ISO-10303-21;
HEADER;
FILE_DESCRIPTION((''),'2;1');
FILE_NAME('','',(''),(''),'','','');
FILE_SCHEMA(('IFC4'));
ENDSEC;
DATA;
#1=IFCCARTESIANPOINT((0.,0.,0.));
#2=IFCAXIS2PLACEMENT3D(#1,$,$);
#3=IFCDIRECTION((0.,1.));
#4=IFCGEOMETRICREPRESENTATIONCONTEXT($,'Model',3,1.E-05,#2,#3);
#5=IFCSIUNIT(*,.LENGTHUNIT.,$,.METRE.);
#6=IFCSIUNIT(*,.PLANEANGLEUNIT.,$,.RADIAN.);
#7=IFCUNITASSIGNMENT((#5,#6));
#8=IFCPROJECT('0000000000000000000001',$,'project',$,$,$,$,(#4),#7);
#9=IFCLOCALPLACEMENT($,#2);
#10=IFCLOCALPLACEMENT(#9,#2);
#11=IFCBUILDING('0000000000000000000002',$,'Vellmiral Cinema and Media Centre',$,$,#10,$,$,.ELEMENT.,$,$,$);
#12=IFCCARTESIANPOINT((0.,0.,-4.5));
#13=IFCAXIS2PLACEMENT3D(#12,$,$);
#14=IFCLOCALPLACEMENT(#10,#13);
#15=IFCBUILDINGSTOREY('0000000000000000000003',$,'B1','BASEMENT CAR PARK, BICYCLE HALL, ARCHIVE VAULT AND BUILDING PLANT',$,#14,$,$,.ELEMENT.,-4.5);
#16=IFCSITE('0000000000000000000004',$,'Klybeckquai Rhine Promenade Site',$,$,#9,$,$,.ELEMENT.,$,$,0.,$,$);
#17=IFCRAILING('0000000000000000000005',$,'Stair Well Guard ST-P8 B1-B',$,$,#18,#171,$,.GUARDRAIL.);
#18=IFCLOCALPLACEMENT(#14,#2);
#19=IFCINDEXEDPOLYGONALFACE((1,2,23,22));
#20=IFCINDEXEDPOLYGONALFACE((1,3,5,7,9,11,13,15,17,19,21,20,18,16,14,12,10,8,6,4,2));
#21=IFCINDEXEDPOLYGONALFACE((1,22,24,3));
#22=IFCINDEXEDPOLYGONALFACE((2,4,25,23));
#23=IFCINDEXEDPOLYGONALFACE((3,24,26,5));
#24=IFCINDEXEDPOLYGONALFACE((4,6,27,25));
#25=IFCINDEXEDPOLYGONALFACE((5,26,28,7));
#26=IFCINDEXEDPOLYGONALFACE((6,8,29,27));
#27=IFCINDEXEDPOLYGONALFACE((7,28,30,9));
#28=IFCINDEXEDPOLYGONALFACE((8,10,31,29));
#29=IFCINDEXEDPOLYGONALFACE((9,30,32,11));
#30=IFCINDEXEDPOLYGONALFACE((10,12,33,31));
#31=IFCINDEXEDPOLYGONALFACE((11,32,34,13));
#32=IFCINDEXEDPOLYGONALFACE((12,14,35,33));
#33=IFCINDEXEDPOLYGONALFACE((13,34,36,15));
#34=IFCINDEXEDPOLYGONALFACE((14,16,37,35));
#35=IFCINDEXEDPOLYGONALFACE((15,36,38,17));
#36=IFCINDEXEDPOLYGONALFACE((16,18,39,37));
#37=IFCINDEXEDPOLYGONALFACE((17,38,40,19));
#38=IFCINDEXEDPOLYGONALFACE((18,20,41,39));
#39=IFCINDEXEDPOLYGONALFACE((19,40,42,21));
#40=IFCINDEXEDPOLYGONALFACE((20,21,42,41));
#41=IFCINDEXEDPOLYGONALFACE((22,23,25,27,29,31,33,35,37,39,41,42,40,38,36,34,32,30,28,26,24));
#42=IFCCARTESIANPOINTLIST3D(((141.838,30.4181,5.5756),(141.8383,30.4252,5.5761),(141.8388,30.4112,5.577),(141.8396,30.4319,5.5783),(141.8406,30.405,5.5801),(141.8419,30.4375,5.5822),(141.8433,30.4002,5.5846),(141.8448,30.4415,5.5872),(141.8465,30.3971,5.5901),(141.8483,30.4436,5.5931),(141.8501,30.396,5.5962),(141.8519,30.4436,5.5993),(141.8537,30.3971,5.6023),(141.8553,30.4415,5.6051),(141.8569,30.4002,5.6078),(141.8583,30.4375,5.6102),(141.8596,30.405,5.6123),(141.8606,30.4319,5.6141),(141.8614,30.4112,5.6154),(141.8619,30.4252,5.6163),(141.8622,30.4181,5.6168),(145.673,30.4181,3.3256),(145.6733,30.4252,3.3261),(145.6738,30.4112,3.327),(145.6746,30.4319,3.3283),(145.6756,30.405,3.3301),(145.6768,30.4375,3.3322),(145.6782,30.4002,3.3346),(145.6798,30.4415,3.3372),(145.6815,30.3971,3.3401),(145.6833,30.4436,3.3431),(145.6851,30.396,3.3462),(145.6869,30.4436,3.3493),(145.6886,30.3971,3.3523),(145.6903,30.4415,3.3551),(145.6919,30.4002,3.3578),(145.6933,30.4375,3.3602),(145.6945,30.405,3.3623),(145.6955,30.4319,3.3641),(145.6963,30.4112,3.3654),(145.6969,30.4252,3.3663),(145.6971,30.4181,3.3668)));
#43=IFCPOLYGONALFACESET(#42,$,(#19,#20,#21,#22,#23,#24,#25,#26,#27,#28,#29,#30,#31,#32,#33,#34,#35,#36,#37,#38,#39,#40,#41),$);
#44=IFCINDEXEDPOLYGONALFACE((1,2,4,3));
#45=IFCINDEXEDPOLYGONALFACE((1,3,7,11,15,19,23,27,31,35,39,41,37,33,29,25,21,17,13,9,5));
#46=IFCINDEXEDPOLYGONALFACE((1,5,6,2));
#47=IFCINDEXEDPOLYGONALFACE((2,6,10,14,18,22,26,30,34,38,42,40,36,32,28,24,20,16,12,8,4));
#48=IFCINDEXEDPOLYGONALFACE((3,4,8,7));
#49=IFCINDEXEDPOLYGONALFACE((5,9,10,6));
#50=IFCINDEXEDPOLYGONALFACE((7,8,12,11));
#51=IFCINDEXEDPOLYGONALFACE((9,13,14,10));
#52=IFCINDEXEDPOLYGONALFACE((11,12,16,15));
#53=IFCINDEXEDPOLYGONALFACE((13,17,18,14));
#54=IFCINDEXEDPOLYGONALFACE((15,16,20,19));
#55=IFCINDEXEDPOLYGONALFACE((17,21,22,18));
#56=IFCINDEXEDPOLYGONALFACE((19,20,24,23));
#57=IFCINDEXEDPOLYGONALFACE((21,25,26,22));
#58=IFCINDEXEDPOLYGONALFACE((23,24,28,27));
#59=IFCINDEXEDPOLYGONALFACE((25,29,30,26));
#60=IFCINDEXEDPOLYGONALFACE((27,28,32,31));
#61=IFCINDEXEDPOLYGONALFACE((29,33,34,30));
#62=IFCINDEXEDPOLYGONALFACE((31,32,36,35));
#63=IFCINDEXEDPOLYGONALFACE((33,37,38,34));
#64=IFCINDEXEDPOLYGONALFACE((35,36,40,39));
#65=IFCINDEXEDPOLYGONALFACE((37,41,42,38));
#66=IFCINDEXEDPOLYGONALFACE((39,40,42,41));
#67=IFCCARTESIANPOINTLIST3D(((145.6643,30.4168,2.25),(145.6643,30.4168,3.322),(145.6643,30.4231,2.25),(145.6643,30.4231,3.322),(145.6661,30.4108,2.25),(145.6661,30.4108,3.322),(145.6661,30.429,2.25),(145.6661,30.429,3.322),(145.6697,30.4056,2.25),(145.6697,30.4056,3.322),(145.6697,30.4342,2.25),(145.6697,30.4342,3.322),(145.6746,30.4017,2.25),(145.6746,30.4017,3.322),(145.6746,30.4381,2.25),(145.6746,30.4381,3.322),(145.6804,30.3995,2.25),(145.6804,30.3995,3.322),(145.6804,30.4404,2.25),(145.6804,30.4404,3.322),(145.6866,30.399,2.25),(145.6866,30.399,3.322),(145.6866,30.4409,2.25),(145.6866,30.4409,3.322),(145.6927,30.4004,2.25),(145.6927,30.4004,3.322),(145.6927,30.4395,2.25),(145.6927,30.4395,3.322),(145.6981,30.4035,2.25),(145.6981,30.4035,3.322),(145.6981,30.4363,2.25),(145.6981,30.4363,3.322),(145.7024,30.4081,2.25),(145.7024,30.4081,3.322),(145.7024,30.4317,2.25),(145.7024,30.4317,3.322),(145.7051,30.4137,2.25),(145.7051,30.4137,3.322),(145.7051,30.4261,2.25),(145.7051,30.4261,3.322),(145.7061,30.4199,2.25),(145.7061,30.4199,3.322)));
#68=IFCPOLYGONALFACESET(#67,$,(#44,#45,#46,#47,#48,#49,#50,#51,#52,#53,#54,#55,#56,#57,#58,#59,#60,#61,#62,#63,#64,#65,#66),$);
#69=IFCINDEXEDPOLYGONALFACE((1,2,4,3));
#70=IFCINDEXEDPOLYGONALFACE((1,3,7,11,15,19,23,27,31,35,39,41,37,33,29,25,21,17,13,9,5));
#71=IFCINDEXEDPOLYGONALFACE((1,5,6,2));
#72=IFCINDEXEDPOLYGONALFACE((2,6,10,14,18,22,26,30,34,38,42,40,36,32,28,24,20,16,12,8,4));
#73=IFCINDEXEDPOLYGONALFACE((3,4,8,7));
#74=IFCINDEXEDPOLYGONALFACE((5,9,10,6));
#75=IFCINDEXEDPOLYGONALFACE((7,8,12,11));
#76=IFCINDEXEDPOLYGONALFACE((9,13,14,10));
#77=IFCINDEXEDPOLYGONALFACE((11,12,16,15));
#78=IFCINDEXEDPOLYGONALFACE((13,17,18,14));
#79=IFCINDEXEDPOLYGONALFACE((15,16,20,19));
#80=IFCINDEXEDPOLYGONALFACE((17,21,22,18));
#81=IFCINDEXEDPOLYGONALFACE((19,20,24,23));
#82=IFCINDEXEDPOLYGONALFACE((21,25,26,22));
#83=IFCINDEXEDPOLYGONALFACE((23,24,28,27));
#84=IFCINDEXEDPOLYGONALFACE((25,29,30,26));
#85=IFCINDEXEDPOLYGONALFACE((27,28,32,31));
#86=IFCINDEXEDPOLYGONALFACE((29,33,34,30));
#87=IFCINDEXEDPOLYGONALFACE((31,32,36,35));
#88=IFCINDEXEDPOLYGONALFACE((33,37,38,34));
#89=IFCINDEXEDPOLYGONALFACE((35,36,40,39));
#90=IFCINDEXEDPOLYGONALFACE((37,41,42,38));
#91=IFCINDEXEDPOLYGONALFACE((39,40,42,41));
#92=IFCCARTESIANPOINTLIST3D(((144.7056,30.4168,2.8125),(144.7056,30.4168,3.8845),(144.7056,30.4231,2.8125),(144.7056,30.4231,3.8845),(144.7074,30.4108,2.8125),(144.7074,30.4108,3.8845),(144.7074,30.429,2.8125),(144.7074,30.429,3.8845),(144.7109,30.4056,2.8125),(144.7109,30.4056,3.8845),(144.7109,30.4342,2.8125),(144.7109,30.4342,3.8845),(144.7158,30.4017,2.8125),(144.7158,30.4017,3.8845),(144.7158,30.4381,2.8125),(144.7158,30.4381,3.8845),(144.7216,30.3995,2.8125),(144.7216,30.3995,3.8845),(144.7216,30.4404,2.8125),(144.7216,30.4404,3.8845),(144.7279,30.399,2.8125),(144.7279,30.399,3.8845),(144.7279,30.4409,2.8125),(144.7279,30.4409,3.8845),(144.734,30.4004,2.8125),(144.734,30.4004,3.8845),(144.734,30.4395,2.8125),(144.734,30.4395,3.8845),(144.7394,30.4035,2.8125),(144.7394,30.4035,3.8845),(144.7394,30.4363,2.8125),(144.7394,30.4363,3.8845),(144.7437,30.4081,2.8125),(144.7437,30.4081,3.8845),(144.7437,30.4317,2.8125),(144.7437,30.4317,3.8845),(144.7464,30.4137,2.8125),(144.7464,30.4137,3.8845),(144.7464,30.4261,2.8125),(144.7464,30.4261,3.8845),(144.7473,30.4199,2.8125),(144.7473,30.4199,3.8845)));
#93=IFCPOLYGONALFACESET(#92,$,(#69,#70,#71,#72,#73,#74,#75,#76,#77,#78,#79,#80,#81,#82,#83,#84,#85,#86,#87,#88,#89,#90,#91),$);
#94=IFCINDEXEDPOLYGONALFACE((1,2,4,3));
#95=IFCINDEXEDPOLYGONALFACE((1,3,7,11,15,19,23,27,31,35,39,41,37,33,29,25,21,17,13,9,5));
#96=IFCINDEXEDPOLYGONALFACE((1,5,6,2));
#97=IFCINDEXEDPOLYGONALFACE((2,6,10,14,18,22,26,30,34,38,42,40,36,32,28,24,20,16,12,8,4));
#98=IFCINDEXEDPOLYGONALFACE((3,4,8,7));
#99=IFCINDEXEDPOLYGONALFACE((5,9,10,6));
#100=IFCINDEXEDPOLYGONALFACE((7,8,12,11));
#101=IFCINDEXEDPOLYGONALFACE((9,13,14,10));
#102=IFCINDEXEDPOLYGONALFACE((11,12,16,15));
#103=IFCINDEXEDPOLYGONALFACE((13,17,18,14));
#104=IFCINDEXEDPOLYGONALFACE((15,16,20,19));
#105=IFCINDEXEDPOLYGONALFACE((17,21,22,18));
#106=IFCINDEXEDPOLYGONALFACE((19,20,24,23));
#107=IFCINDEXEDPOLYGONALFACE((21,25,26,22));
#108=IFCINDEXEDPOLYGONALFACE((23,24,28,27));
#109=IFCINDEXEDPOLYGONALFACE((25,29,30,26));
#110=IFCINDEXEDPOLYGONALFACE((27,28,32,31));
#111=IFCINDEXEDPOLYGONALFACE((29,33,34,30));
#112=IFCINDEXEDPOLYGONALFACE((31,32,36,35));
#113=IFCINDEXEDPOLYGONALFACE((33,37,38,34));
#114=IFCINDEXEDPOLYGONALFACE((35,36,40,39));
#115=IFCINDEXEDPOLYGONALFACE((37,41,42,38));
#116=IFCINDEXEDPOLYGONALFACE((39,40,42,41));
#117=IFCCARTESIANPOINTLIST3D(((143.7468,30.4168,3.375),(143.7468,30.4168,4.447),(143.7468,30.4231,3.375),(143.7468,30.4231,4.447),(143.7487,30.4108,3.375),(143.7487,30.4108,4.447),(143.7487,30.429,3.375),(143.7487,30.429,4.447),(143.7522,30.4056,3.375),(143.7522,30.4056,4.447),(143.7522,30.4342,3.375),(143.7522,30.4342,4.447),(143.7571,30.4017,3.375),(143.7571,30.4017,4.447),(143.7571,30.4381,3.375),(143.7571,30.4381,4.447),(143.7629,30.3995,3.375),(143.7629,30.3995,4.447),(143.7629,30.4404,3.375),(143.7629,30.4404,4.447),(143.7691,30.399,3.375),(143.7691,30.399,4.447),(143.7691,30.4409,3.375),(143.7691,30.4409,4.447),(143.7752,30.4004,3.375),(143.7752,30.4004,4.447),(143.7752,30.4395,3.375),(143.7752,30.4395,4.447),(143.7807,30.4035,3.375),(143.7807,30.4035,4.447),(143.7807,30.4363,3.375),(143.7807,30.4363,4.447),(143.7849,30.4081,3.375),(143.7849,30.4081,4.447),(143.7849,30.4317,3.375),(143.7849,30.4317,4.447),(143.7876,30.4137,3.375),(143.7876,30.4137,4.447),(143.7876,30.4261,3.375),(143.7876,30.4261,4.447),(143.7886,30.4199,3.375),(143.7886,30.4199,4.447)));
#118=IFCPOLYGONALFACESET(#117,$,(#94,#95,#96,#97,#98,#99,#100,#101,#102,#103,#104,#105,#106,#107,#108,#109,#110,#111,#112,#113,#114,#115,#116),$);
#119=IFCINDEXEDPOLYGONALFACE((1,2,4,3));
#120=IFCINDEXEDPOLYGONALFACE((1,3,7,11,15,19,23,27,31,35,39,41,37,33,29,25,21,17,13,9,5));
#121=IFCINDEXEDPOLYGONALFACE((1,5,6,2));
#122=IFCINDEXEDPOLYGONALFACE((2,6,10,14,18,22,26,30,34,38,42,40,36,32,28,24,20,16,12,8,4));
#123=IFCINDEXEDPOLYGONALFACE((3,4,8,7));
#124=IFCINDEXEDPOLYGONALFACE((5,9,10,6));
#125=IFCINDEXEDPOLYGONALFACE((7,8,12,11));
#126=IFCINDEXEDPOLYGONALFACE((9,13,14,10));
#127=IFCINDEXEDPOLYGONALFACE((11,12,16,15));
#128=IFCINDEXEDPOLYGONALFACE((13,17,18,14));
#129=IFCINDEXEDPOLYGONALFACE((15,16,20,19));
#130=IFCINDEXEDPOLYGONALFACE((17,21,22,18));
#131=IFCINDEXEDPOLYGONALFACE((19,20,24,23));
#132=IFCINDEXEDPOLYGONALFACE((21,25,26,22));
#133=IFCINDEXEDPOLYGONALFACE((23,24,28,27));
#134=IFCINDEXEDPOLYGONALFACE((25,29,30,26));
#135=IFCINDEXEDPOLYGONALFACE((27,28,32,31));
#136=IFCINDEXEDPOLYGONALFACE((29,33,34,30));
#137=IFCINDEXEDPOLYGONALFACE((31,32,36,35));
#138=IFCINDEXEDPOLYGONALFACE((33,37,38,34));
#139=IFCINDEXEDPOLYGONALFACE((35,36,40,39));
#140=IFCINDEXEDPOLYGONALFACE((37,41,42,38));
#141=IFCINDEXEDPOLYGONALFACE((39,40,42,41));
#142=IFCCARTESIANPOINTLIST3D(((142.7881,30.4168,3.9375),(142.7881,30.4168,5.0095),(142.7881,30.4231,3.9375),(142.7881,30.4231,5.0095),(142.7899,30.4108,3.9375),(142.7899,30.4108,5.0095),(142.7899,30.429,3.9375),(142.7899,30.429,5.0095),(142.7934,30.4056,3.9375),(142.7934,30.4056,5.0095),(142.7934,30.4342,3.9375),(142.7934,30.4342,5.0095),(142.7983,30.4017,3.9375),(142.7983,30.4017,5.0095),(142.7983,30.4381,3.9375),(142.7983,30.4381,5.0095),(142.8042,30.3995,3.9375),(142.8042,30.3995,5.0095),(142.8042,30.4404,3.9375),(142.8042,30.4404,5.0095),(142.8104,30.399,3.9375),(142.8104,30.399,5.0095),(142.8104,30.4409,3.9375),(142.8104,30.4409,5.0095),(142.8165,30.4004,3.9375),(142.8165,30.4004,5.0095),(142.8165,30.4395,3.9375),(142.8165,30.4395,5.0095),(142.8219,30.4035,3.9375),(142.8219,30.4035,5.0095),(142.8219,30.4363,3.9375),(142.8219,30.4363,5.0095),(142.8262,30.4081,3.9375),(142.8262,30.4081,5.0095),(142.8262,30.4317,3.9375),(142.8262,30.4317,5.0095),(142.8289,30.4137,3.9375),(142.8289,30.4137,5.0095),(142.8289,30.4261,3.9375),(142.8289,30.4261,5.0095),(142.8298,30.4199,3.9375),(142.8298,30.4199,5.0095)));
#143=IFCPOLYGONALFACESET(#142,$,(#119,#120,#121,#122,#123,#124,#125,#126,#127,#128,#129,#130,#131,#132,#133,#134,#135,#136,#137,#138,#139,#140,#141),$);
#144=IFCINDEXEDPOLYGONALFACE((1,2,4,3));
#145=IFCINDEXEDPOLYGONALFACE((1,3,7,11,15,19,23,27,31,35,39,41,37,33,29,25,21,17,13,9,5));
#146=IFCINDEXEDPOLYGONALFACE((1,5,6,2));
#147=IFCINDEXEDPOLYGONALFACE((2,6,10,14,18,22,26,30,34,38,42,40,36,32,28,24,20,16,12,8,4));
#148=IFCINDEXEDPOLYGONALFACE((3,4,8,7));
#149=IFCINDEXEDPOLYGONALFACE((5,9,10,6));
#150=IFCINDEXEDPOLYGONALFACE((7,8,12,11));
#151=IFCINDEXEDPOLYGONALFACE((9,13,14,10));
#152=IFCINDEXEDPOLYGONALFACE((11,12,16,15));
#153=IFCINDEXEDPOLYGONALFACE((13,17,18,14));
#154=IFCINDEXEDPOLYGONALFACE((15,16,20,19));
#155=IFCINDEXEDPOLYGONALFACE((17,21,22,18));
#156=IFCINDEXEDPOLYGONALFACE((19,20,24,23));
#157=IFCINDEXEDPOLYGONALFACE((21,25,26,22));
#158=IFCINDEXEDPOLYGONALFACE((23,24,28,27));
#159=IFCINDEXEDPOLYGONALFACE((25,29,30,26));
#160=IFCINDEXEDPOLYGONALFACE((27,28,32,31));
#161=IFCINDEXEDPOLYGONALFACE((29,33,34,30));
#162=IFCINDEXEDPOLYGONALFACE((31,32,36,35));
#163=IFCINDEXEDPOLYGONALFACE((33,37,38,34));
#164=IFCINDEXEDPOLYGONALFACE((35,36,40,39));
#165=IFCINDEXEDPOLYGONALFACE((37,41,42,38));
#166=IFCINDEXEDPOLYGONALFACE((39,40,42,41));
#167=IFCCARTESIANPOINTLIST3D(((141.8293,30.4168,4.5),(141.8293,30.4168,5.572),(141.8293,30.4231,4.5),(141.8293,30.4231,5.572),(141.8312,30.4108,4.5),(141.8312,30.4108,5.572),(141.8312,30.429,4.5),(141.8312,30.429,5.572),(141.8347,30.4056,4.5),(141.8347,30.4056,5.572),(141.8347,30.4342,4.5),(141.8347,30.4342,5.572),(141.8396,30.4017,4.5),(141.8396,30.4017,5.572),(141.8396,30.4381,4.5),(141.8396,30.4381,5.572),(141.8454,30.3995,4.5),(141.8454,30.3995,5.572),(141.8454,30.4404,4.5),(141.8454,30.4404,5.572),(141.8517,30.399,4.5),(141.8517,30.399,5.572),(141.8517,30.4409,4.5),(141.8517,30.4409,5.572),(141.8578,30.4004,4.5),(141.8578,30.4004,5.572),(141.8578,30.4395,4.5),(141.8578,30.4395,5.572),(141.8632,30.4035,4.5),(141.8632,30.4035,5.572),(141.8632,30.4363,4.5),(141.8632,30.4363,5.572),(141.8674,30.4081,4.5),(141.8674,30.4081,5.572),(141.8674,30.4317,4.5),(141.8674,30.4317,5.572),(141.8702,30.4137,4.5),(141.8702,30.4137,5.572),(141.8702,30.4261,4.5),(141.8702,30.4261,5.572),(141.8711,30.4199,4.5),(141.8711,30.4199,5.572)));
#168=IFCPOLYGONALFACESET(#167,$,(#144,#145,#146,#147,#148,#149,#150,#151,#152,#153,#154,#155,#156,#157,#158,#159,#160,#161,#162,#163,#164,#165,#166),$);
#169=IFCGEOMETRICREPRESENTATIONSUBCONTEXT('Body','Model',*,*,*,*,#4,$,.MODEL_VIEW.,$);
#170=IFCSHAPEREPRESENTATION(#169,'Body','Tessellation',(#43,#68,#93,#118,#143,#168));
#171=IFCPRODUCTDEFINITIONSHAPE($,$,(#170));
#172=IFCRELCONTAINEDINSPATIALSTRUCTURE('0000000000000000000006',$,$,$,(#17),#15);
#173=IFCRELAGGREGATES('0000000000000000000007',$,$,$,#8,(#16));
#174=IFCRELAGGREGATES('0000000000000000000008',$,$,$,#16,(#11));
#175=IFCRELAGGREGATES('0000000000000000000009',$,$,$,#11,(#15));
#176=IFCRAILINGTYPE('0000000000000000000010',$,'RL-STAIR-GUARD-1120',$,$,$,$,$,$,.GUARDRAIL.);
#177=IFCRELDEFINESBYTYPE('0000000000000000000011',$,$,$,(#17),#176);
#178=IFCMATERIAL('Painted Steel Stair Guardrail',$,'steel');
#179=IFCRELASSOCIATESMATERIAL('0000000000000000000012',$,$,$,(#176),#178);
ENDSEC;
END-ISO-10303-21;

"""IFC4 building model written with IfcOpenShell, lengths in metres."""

from ifc_helpers import new_model, si_unit, direction, frame, origin, origin_2d, place, context, subcontext, project, spatial, circle, extrude, material, type_object, element, save


model = new_model("IFC4")

# Units and contexts
model_context = context("Model", 3, precision=1e-05, world=origin(), true_north=direction((0.0, 1.0)))
body_context = subcontext(model_context, "Body", "Model", "MODEL_VIEW")
ifc_project = project(units=[si_unit("LENGTHUNIT", "METRE"), si_unit("PLANEANGLEUNIT", "RADIAN")], contexts=[model_context])

# Site, building, storey
site_placement = place(None, origin())
site = spatial("IfcSite", under=ifc_project, at=site_placement, Name="Klybeckquai Rhine Promenade Site", CompositionType="ELEMENT", RefElevation=0.0)
building_placement = place(site_placement, origin())
building = spatial("IfcBuilding", under=site, at=building_placement, Name="Vellmiral Cinema and Media Centre", CompositionType="ELEMENT")
storey_placement = place(building_placement, frame((0.0, 0.0, -4.5)))
storey = spatial("IfcBuildingStorey", under=building, at=storey_placement, Name="B1", Description="BASEMENT CAR PARK, BICYCLE HALL, ARCHIVE VAULT AND BUILDING PLANT", CompositionType="ELEMENT", Elevation=-4.5)

# Railing
ifc_material_1 = material(Name="Painted Steel Stair Guardrail", Category="steel")
railing_type_1 = type_object("IfcRailingType", Name="RL-STAIR-GUARD-1120", PredefinedType="GUARDRAIL", material=ifc_material_1)
railing_1_placement = place(storey_placement, frame((145.6851, 30.4199, 2.25)))
element("IfcRailing", 1, at=railing_1_placement, inside=storey, type_object=railing_type_1, Name="Stair Well Guard ST-P8 B1-B", PredefinedType="GUARDRAIL", context=body_context, shape_type="SweptSolid", body=[
    extrude(circle(Radius=0.0239, at=origin_2d()), frame((0.0, 0.0, 1.0962), z_axis=(-0.86251, 0.0, 0.506041), x_axis=(0.0, -1.0, 0.0)), (0.0, 0.0, 1.0), 4.4463),
    extrude(circle(Radius=0.021, at=origin_2d()), origin(), (0.0, 0.0, 1.0), 1.072),
    extrude(circle(Radius=0.021, at=origin_2d()), frame((-0.9587, 0.0, 0.5625)), (0.0, 0.0, 1.0), 1.072),
    extrude(circle(Radius=0.021, at=origin_2d()), frame((-1.9175, 0.0, 1.125)), (0.0, 0.0, 1.0), 1.072),
    extrude(circle(Radius=0.021, at=origin_2d()), frame((-2.8762, 0.0, 1.6875)), (0.0, 0.0, 1.0), 1.072),
    extrude(circle(Radius=0.021, at=origin_2d()), frame((-3.835, 0.0, 2.25)), (0.0, 0.0, 1.0), 1.072),
])

save(model, "model.ifc")
